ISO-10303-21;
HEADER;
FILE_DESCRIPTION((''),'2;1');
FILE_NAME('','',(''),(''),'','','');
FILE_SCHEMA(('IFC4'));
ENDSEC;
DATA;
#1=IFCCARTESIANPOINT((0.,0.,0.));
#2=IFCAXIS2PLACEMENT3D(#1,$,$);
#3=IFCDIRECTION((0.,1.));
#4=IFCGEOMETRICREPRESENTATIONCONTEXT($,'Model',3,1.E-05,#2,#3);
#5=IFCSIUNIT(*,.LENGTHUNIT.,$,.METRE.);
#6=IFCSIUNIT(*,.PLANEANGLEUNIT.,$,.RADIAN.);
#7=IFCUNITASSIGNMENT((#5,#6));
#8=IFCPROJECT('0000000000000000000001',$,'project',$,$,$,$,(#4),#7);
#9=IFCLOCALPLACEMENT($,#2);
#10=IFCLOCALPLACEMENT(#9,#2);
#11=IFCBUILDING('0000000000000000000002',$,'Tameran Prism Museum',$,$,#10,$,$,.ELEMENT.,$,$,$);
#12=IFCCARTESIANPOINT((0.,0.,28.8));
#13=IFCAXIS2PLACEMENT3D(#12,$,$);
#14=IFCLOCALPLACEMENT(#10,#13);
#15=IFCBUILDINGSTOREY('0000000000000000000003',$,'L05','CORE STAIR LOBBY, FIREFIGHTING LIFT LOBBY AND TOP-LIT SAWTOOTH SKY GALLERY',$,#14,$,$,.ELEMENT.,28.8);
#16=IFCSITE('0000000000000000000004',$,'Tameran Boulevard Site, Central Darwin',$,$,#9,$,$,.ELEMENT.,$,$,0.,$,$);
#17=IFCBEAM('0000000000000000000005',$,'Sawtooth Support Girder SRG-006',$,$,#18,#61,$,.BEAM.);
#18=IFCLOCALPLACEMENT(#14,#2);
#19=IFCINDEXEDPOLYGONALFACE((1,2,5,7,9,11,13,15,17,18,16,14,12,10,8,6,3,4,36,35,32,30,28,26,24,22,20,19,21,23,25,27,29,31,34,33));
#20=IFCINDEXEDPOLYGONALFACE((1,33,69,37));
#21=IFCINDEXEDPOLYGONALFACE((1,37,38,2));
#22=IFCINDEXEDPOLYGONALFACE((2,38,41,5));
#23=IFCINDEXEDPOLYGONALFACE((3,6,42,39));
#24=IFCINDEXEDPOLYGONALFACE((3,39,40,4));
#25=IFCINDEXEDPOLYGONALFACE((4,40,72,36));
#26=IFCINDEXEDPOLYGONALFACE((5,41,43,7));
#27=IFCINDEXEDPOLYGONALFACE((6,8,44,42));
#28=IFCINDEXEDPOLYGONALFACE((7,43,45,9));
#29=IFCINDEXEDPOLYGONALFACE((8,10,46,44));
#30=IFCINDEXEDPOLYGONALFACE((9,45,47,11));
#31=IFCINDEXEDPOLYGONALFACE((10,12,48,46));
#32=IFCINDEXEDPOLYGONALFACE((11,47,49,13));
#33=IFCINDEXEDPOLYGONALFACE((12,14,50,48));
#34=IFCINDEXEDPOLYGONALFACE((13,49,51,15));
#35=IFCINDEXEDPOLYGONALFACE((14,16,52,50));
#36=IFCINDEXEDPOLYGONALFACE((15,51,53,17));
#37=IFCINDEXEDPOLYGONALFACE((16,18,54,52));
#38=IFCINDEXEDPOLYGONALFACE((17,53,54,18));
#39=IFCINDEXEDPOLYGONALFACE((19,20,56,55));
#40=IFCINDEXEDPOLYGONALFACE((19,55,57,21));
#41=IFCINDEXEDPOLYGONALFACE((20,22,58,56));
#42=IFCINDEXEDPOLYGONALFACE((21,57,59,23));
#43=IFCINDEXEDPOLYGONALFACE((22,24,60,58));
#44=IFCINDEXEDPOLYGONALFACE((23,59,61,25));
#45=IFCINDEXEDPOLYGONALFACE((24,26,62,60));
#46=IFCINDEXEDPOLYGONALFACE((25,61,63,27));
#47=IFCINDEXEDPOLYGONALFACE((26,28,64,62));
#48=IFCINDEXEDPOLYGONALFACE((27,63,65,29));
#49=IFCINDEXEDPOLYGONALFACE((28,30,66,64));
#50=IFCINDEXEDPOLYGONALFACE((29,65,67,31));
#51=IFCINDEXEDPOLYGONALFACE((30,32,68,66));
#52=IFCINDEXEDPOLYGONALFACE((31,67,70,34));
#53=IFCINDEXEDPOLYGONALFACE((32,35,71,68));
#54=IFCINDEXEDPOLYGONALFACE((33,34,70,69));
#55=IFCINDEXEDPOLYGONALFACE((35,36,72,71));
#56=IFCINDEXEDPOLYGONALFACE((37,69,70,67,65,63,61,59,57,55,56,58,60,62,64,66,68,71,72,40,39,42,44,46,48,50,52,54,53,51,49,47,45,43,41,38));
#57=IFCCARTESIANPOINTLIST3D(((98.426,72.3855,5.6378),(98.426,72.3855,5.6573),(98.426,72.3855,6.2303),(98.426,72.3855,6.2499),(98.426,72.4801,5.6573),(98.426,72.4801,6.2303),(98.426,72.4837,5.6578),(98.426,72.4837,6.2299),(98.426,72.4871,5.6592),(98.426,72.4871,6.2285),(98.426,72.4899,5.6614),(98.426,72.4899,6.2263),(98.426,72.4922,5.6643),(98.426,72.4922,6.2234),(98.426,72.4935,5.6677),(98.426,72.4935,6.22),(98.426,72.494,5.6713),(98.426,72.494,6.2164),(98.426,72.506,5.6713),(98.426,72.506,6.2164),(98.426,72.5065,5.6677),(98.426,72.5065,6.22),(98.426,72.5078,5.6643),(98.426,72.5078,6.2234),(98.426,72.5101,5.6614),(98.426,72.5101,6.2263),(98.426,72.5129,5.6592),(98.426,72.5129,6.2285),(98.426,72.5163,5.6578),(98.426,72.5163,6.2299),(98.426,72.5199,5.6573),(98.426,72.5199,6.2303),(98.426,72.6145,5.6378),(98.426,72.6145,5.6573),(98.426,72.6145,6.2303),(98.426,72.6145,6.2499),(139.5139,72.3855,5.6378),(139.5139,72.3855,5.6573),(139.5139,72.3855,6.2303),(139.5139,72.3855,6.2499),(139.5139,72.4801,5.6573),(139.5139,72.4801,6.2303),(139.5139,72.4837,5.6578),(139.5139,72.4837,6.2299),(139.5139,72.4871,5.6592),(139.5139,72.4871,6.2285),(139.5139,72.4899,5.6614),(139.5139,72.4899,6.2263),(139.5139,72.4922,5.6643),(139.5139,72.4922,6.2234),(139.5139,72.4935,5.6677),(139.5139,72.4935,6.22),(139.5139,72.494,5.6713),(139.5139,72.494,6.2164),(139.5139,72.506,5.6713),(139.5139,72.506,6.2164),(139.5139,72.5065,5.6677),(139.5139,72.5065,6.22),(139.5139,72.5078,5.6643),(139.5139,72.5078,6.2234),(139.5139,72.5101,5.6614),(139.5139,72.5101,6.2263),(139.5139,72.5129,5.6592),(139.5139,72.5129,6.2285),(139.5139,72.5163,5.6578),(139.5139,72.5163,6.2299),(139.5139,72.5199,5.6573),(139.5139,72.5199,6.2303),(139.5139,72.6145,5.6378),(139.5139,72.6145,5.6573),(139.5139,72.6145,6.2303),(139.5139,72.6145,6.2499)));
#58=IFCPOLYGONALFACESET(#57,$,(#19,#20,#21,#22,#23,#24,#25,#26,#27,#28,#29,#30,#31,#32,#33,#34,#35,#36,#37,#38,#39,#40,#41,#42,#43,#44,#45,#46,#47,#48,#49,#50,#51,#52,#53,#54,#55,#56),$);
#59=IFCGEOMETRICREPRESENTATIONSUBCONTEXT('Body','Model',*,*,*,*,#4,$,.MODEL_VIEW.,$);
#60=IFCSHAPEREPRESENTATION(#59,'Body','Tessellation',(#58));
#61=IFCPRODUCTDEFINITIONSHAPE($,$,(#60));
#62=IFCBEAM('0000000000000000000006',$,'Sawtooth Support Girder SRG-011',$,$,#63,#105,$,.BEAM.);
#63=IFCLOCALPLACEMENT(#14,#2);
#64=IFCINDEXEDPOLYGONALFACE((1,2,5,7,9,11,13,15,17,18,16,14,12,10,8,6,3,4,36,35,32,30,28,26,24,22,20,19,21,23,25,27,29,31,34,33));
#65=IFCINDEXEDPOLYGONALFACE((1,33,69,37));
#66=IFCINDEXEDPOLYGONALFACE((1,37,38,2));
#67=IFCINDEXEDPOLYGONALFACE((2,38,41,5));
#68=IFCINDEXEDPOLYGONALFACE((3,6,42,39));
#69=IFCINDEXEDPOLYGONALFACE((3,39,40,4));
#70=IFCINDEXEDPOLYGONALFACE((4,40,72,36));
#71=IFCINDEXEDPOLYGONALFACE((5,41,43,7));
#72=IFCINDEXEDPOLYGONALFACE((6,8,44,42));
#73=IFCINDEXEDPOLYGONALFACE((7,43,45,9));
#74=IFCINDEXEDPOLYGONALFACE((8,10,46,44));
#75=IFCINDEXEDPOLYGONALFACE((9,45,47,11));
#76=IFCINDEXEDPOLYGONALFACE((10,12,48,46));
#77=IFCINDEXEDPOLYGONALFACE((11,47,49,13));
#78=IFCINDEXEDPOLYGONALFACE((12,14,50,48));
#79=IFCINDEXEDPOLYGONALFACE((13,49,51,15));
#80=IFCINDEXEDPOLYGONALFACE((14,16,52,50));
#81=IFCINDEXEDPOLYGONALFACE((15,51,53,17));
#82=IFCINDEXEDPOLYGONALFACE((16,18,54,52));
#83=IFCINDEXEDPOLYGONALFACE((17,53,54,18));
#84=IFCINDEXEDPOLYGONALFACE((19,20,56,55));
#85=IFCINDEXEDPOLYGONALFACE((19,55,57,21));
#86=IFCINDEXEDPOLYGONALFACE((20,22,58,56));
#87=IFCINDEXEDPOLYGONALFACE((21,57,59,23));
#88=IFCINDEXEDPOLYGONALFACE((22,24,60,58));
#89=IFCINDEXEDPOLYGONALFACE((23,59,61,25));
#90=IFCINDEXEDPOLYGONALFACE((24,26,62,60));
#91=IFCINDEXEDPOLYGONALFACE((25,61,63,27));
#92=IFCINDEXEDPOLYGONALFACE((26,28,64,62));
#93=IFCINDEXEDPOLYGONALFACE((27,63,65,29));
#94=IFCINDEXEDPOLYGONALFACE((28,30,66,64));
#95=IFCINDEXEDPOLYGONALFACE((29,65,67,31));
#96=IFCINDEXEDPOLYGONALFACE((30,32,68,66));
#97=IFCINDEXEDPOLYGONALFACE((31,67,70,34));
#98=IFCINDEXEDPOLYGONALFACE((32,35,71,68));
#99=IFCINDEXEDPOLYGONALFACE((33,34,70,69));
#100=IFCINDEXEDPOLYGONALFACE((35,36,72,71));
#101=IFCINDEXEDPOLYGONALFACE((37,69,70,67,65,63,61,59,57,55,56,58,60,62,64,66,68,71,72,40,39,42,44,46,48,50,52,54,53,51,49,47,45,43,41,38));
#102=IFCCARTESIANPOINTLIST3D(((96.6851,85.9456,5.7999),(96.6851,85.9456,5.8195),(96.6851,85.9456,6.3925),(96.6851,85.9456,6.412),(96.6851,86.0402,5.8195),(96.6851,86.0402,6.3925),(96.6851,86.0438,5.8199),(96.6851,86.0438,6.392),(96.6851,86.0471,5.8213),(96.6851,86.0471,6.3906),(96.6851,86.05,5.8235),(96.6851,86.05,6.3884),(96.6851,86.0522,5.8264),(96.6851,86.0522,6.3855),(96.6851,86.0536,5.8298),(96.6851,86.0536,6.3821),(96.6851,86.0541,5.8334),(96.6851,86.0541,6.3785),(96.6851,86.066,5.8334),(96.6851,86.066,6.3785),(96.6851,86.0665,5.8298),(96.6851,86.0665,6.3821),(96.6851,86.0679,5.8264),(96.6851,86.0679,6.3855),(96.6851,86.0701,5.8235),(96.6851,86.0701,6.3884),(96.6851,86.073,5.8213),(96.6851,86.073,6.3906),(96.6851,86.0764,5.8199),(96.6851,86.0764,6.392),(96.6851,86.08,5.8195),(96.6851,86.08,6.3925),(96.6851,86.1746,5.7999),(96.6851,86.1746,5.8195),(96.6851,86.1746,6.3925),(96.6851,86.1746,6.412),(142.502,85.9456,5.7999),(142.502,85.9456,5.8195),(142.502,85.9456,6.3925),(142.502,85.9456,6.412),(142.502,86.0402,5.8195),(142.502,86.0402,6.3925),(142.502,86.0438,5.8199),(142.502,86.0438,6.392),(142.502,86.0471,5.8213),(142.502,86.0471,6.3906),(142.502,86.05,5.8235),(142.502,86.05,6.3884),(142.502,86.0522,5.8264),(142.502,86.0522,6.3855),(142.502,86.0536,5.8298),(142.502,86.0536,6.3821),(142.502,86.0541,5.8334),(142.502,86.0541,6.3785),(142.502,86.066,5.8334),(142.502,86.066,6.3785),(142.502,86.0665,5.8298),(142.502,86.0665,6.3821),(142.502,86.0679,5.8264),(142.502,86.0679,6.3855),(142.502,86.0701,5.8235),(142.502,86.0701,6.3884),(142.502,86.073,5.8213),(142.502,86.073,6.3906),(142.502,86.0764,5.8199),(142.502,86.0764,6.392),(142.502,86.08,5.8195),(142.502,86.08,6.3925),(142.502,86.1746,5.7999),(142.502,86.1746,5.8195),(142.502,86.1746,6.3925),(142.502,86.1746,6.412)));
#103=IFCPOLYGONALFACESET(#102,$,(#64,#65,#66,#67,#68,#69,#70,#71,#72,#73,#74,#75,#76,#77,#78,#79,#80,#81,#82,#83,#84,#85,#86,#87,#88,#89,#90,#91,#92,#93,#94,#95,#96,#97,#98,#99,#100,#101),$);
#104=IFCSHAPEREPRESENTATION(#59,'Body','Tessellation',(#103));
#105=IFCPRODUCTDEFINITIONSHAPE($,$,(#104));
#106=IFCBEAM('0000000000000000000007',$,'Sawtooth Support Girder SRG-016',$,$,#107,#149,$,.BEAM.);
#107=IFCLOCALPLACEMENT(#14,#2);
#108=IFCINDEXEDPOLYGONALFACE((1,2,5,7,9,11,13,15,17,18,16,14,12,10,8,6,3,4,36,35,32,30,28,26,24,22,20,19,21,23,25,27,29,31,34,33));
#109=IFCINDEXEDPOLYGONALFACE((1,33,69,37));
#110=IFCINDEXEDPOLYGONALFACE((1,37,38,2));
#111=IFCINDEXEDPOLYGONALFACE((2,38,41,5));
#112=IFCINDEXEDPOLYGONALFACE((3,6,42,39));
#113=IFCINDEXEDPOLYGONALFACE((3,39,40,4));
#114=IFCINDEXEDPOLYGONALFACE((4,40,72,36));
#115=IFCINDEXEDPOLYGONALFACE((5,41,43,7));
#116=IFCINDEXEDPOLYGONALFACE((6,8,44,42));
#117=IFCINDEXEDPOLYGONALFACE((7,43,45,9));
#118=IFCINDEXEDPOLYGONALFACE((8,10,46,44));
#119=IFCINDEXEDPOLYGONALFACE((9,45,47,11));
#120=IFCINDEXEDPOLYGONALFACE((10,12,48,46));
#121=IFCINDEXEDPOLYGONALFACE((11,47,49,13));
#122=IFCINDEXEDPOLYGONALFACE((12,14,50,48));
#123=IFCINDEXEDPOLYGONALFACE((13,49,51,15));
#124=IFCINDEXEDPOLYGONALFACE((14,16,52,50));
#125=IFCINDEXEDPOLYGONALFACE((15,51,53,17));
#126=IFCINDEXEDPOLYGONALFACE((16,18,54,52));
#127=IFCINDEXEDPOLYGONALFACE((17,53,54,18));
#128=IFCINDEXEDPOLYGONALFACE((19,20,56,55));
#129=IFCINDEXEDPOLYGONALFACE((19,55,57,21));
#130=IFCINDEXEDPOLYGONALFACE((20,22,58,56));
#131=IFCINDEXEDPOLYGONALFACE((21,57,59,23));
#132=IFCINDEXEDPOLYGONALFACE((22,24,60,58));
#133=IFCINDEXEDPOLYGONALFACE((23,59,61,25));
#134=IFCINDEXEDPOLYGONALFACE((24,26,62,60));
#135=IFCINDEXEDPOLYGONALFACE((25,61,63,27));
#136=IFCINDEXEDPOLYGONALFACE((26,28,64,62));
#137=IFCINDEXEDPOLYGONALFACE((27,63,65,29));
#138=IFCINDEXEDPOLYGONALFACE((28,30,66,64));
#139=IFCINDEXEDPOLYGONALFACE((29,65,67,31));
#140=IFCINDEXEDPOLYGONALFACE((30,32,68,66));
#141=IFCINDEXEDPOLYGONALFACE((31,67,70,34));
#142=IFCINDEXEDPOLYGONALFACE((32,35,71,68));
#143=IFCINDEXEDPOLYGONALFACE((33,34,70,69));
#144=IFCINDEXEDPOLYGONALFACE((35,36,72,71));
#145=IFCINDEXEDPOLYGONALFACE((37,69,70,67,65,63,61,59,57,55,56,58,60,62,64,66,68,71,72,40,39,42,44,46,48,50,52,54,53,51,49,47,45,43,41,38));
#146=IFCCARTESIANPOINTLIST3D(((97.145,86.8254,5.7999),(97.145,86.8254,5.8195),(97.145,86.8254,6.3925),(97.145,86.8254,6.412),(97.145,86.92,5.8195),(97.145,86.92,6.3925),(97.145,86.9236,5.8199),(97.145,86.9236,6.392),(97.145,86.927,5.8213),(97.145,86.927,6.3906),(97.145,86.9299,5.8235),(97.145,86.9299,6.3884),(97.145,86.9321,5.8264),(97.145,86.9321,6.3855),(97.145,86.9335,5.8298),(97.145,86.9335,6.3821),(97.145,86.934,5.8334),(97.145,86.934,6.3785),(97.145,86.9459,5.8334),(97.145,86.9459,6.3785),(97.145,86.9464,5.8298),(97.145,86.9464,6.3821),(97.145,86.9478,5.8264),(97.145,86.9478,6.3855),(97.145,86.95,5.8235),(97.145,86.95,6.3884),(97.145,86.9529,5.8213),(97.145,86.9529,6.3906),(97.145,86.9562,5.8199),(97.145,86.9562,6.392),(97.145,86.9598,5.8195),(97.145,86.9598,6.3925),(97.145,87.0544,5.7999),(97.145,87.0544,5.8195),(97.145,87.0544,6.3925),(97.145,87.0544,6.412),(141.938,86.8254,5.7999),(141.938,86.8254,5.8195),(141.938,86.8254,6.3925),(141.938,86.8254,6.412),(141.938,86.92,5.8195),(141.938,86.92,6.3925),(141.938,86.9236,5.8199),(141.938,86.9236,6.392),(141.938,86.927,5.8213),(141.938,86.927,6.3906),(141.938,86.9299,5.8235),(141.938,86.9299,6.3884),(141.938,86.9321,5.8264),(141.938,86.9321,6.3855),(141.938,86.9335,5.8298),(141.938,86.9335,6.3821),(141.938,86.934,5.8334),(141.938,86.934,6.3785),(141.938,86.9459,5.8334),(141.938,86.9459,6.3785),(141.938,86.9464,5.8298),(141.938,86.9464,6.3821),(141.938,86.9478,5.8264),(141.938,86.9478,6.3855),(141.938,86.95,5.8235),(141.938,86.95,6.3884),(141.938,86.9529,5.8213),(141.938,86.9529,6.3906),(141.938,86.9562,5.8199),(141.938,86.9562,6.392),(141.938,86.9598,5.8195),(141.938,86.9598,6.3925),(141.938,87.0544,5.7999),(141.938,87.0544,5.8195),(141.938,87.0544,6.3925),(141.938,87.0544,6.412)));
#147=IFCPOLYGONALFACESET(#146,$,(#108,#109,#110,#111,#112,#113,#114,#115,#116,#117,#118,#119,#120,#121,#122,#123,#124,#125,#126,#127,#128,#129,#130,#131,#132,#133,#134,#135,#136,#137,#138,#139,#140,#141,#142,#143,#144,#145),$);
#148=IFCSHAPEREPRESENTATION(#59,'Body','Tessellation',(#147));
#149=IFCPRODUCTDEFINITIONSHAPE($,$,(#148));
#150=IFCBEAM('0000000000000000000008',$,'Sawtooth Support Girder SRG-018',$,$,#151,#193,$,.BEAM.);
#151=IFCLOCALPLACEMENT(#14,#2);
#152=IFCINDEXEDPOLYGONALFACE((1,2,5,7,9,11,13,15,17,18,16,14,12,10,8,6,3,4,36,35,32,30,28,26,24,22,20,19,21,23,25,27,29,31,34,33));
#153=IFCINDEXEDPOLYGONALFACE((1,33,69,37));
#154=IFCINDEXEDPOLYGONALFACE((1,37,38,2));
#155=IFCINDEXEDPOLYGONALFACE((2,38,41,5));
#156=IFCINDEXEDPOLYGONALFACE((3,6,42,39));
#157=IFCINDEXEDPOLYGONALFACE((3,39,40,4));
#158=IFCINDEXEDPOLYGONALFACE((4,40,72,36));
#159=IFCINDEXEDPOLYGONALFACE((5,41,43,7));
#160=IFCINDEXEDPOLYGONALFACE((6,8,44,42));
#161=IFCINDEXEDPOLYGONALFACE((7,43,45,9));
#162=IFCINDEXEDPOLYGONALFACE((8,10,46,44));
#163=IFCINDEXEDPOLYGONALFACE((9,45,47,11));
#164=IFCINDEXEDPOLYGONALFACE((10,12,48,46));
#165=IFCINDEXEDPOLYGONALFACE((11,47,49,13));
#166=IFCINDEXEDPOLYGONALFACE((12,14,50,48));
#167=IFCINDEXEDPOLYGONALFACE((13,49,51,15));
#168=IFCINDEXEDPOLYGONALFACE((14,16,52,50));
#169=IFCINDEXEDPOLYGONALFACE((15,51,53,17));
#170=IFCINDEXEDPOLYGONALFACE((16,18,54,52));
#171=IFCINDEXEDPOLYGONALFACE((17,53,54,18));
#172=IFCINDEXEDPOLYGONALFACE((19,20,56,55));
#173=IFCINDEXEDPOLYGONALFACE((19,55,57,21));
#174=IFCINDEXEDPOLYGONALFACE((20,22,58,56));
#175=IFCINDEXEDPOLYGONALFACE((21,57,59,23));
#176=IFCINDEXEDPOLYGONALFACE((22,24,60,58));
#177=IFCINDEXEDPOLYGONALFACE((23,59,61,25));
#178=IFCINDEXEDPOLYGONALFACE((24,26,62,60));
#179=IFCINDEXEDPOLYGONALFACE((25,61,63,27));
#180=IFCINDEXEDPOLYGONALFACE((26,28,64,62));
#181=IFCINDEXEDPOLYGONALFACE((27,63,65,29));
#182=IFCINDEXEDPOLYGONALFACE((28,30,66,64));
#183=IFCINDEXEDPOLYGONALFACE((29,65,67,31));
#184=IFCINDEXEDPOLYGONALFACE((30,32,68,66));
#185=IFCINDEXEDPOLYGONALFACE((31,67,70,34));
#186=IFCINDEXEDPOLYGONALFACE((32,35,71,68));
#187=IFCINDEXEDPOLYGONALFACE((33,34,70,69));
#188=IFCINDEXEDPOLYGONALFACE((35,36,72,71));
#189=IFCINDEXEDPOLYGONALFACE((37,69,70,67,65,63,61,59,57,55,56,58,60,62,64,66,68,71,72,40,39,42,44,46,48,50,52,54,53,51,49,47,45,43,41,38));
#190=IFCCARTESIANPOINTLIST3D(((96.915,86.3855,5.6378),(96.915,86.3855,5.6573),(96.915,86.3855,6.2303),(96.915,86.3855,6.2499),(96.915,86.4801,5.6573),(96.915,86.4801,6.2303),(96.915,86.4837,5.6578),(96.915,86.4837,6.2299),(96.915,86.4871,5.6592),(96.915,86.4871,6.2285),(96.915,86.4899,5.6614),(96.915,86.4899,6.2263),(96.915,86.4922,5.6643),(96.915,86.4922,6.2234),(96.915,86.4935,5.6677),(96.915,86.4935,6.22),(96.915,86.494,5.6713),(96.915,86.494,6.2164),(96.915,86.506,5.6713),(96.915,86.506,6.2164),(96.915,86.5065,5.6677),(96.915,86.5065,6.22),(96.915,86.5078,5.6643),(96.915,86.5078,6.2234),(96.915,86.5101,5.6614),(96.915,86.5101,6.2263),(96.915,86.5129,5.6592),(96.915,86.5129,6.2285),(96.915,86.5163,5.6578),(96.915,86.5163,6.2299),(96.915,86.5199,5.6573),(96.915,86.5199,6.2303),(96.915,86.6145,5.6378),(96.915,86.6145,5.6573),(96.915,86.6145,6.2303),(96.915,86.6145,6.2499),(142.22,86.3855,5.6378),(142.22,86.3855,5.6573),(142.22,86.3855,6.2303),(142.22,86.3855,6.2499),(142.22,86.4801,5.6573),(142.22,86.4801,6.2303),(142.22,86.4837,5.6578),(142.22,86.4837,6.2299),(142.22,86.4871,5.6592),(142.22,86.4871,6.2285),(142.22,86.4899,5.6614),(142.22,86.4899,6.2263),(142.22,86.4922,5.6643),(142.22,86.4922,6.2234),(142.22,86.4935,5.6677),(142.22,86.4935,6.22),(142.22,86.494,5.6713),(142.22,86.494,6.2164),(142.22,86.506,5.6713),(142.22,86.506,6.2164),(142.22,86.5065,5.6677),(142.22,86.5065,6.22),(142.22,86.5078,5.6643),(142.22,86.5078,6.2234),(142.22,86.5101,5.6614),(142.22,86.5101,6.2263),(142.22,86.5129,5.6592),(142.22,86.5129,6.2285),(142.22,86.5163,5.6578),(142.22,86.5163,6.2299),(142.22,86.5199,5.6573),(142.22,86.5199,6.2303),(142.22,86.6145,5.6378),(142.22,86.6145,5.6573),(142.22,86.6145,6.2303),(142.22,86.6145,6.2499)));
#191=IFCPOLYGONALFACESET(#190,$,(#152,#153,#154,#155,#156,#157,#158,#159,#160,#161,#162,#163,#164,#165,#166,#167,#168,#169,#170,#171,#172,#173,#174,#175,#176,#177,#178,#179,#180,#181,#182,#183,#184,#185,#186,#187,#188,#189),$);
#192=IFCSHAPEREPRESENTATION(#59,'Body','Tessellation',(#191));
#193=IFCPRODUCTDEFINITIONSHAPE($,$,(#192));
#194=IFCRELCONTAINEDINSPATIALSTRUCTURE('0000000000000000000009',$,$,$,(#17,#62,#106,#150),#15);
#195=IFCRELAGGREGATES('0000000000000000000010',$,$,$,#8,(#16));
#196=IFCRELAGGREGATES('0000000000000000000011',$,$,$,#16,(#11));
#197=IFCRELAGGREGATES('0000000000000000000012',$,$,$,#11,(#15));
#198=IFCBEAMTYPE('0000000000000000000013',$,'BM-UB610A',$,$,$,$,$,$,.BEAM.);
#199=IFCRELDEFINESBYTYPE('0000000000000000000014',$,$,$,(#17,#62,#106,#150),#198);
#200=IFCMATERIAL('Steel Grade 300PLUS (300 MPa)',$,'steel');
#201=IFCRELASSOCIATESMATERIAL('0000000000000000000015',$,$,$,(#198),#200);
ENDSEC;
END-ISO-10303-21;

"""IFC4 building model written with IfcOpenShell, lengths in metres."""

from ifc_helpers import new_model, si_unit, direction, frame, origin, origin_2d, place, context, subcontext, project, spatial, i_section, extrude, material, material_profile, profile_set, type_object, element, save


model = new_model("IFC4")

# Units and contexts
model_context = context("Model", 3, precision=1e-05, world=origin(), true_north=direction((0.0, 1.0)))
body_context = subcontext(model_context, "Body", "Model", "MODEL_VIEW")
ifc_project = project(units=[si_unit("LENGTHUNIT", "METRE"), si_unit("PLANEANGLEUNIT", "RADIAN")], contexts=[model_context])

# Site, building, storey
site_placement = place(None, origin())
site = spatial("IfcSite", under=ifc_project, at=site_placement, Name="Tameran Boulevard Site, Central Darwin", CompositionType="ELEMENT", RefElevation=0.0)
building_placement = place(site_placement, origin())
building = spatial("IfcBuilding", under=site, at=building_placement, Name="Tameran Prism Museum", CompositionType="ELEMENT")
storey_placement = place(building_placement, frame((0.0, 0.0, 28.8)))
storey = spatial("IfcBuildingStorey", under=building, at=storey_placement, Name="L05", Description="CORE STAIR LOBBY, FIREFIGHTING LIFT LOBBY AND TOP-LIT SAWTOOTH SKY GALLERY", CompositionType="ELEMENT", Elevation=28.8)

# Beams
ifc_material_1 = material(Name="Steel Grade 300PLUS (300 MPa)", Category="steel")
ifc_material_profile_1 = material_profile(ifc_material_1, i_section(OverallWidth=0.229, OverallDepth=0.6121, WebThickness=0.012, FlangeThickness=0.0195, FilletRadius=0.0139, at=origin_2d()))
ifc_profile_set_1 = profile_set([ifc_material_profile_1])
beam_type_1 = type_object("IfcBeamType", Name="BM-UB610A", PredefinedType="BEAM", material=ifc_profile_set_1)
beam_1_placement = place(storey_placement, frame((98.426, 72.5, 5.9438), z_axis=(1.0, 0.0, 0.0), x_axis=(0.0, 1.0, 0.0)))
element("IfcBeam", 1, at=beam_1_placement, inside=storey, type_object=beam_type_1, Name="Sawtooth Support Girder SRG-006", PredefinedType="BEAM", context=body_context, shape_type="SweptSolid", body=[
    extrude(i_section(OverallWidth=0.229, OverallDepth=0.6121, WebThickness=0.012, FlangeThickness=0.0195, FilletRadius=0.0139, at=origin_2d()), origin(), (0.0, 0.0, 1.0), 41.0879),
])
beam_2_placement = place(storey_placement, frame((96.6851, 86.0601, 6.106), z_axis=(1.0, 0.0, 0.0), x_axis=(0.0, 1.0, 0.0)))
element("IfcBeam", 2, at=beam_2_placement, inside=storey, type_object=beam_type_1, Name="Sawtooth Support Girder SRG-011", PredefinedType="BEAM", context=body_context, shape_type="SweptSolid", body=[
    extrude(i_section(OverallWidth=0.229, OverallDepth=0.6121, WebThickness=0.012, FlangeThickness=0.0195, FilletRadius=0.0139, at=origin_2d()), origin(), (0.0, 0.0, 1.0), 45.8169),
])
beam_3_placement = place(storey_placement, frame((97.145, 86.9399, 6.106), z_axis=(1.0, 0.0, 0.0), x_axis=(0.0, 1.0, 0.0)))
element("IfcBeam", 3, at=beam_3_placement, inside=storey, type_object=beam_type_1, Name="Sawtooth Support Girder SRG-016", PredefinedType="BEAM", context=body_context, shape_type="SweptSolid", body=[
    extrude(i_section(OverallWidth=0.229, OverallDepth=0.6121, WebThickness=0.012, FlangeThickness=0.0195, FilletRadius=0.0139, at=origin_2d()), origin(), (0.0, 0.0, 1.0), 44.793),
])
beam_4_placement = place(storey_placement, frame((96.915, 86.5, 5.9438), z_axis=(1.0, 0.0, 0.0), x_axis=(0.0, 1.0, 0.0)))
element("IfcBeam", 4, at=beam_4_placement, inside=storey, type_object=beam_type_1, Name="Sawtooth Support Girder SRG-018", PredefinedType="BEAM", context=body_context, shape_type="SweptSolid", body=[
    extrude(i_section(OverallWidth=0.229, OverallDepth=0.6121, WebThickness=0.012, FlangeThickness=0.0195, FilletRadius=0.0139, at=origin_2d()), origin(), (0.0, 0.0, 1.0), 45.3049),
])

save(model, "model.ifc")
